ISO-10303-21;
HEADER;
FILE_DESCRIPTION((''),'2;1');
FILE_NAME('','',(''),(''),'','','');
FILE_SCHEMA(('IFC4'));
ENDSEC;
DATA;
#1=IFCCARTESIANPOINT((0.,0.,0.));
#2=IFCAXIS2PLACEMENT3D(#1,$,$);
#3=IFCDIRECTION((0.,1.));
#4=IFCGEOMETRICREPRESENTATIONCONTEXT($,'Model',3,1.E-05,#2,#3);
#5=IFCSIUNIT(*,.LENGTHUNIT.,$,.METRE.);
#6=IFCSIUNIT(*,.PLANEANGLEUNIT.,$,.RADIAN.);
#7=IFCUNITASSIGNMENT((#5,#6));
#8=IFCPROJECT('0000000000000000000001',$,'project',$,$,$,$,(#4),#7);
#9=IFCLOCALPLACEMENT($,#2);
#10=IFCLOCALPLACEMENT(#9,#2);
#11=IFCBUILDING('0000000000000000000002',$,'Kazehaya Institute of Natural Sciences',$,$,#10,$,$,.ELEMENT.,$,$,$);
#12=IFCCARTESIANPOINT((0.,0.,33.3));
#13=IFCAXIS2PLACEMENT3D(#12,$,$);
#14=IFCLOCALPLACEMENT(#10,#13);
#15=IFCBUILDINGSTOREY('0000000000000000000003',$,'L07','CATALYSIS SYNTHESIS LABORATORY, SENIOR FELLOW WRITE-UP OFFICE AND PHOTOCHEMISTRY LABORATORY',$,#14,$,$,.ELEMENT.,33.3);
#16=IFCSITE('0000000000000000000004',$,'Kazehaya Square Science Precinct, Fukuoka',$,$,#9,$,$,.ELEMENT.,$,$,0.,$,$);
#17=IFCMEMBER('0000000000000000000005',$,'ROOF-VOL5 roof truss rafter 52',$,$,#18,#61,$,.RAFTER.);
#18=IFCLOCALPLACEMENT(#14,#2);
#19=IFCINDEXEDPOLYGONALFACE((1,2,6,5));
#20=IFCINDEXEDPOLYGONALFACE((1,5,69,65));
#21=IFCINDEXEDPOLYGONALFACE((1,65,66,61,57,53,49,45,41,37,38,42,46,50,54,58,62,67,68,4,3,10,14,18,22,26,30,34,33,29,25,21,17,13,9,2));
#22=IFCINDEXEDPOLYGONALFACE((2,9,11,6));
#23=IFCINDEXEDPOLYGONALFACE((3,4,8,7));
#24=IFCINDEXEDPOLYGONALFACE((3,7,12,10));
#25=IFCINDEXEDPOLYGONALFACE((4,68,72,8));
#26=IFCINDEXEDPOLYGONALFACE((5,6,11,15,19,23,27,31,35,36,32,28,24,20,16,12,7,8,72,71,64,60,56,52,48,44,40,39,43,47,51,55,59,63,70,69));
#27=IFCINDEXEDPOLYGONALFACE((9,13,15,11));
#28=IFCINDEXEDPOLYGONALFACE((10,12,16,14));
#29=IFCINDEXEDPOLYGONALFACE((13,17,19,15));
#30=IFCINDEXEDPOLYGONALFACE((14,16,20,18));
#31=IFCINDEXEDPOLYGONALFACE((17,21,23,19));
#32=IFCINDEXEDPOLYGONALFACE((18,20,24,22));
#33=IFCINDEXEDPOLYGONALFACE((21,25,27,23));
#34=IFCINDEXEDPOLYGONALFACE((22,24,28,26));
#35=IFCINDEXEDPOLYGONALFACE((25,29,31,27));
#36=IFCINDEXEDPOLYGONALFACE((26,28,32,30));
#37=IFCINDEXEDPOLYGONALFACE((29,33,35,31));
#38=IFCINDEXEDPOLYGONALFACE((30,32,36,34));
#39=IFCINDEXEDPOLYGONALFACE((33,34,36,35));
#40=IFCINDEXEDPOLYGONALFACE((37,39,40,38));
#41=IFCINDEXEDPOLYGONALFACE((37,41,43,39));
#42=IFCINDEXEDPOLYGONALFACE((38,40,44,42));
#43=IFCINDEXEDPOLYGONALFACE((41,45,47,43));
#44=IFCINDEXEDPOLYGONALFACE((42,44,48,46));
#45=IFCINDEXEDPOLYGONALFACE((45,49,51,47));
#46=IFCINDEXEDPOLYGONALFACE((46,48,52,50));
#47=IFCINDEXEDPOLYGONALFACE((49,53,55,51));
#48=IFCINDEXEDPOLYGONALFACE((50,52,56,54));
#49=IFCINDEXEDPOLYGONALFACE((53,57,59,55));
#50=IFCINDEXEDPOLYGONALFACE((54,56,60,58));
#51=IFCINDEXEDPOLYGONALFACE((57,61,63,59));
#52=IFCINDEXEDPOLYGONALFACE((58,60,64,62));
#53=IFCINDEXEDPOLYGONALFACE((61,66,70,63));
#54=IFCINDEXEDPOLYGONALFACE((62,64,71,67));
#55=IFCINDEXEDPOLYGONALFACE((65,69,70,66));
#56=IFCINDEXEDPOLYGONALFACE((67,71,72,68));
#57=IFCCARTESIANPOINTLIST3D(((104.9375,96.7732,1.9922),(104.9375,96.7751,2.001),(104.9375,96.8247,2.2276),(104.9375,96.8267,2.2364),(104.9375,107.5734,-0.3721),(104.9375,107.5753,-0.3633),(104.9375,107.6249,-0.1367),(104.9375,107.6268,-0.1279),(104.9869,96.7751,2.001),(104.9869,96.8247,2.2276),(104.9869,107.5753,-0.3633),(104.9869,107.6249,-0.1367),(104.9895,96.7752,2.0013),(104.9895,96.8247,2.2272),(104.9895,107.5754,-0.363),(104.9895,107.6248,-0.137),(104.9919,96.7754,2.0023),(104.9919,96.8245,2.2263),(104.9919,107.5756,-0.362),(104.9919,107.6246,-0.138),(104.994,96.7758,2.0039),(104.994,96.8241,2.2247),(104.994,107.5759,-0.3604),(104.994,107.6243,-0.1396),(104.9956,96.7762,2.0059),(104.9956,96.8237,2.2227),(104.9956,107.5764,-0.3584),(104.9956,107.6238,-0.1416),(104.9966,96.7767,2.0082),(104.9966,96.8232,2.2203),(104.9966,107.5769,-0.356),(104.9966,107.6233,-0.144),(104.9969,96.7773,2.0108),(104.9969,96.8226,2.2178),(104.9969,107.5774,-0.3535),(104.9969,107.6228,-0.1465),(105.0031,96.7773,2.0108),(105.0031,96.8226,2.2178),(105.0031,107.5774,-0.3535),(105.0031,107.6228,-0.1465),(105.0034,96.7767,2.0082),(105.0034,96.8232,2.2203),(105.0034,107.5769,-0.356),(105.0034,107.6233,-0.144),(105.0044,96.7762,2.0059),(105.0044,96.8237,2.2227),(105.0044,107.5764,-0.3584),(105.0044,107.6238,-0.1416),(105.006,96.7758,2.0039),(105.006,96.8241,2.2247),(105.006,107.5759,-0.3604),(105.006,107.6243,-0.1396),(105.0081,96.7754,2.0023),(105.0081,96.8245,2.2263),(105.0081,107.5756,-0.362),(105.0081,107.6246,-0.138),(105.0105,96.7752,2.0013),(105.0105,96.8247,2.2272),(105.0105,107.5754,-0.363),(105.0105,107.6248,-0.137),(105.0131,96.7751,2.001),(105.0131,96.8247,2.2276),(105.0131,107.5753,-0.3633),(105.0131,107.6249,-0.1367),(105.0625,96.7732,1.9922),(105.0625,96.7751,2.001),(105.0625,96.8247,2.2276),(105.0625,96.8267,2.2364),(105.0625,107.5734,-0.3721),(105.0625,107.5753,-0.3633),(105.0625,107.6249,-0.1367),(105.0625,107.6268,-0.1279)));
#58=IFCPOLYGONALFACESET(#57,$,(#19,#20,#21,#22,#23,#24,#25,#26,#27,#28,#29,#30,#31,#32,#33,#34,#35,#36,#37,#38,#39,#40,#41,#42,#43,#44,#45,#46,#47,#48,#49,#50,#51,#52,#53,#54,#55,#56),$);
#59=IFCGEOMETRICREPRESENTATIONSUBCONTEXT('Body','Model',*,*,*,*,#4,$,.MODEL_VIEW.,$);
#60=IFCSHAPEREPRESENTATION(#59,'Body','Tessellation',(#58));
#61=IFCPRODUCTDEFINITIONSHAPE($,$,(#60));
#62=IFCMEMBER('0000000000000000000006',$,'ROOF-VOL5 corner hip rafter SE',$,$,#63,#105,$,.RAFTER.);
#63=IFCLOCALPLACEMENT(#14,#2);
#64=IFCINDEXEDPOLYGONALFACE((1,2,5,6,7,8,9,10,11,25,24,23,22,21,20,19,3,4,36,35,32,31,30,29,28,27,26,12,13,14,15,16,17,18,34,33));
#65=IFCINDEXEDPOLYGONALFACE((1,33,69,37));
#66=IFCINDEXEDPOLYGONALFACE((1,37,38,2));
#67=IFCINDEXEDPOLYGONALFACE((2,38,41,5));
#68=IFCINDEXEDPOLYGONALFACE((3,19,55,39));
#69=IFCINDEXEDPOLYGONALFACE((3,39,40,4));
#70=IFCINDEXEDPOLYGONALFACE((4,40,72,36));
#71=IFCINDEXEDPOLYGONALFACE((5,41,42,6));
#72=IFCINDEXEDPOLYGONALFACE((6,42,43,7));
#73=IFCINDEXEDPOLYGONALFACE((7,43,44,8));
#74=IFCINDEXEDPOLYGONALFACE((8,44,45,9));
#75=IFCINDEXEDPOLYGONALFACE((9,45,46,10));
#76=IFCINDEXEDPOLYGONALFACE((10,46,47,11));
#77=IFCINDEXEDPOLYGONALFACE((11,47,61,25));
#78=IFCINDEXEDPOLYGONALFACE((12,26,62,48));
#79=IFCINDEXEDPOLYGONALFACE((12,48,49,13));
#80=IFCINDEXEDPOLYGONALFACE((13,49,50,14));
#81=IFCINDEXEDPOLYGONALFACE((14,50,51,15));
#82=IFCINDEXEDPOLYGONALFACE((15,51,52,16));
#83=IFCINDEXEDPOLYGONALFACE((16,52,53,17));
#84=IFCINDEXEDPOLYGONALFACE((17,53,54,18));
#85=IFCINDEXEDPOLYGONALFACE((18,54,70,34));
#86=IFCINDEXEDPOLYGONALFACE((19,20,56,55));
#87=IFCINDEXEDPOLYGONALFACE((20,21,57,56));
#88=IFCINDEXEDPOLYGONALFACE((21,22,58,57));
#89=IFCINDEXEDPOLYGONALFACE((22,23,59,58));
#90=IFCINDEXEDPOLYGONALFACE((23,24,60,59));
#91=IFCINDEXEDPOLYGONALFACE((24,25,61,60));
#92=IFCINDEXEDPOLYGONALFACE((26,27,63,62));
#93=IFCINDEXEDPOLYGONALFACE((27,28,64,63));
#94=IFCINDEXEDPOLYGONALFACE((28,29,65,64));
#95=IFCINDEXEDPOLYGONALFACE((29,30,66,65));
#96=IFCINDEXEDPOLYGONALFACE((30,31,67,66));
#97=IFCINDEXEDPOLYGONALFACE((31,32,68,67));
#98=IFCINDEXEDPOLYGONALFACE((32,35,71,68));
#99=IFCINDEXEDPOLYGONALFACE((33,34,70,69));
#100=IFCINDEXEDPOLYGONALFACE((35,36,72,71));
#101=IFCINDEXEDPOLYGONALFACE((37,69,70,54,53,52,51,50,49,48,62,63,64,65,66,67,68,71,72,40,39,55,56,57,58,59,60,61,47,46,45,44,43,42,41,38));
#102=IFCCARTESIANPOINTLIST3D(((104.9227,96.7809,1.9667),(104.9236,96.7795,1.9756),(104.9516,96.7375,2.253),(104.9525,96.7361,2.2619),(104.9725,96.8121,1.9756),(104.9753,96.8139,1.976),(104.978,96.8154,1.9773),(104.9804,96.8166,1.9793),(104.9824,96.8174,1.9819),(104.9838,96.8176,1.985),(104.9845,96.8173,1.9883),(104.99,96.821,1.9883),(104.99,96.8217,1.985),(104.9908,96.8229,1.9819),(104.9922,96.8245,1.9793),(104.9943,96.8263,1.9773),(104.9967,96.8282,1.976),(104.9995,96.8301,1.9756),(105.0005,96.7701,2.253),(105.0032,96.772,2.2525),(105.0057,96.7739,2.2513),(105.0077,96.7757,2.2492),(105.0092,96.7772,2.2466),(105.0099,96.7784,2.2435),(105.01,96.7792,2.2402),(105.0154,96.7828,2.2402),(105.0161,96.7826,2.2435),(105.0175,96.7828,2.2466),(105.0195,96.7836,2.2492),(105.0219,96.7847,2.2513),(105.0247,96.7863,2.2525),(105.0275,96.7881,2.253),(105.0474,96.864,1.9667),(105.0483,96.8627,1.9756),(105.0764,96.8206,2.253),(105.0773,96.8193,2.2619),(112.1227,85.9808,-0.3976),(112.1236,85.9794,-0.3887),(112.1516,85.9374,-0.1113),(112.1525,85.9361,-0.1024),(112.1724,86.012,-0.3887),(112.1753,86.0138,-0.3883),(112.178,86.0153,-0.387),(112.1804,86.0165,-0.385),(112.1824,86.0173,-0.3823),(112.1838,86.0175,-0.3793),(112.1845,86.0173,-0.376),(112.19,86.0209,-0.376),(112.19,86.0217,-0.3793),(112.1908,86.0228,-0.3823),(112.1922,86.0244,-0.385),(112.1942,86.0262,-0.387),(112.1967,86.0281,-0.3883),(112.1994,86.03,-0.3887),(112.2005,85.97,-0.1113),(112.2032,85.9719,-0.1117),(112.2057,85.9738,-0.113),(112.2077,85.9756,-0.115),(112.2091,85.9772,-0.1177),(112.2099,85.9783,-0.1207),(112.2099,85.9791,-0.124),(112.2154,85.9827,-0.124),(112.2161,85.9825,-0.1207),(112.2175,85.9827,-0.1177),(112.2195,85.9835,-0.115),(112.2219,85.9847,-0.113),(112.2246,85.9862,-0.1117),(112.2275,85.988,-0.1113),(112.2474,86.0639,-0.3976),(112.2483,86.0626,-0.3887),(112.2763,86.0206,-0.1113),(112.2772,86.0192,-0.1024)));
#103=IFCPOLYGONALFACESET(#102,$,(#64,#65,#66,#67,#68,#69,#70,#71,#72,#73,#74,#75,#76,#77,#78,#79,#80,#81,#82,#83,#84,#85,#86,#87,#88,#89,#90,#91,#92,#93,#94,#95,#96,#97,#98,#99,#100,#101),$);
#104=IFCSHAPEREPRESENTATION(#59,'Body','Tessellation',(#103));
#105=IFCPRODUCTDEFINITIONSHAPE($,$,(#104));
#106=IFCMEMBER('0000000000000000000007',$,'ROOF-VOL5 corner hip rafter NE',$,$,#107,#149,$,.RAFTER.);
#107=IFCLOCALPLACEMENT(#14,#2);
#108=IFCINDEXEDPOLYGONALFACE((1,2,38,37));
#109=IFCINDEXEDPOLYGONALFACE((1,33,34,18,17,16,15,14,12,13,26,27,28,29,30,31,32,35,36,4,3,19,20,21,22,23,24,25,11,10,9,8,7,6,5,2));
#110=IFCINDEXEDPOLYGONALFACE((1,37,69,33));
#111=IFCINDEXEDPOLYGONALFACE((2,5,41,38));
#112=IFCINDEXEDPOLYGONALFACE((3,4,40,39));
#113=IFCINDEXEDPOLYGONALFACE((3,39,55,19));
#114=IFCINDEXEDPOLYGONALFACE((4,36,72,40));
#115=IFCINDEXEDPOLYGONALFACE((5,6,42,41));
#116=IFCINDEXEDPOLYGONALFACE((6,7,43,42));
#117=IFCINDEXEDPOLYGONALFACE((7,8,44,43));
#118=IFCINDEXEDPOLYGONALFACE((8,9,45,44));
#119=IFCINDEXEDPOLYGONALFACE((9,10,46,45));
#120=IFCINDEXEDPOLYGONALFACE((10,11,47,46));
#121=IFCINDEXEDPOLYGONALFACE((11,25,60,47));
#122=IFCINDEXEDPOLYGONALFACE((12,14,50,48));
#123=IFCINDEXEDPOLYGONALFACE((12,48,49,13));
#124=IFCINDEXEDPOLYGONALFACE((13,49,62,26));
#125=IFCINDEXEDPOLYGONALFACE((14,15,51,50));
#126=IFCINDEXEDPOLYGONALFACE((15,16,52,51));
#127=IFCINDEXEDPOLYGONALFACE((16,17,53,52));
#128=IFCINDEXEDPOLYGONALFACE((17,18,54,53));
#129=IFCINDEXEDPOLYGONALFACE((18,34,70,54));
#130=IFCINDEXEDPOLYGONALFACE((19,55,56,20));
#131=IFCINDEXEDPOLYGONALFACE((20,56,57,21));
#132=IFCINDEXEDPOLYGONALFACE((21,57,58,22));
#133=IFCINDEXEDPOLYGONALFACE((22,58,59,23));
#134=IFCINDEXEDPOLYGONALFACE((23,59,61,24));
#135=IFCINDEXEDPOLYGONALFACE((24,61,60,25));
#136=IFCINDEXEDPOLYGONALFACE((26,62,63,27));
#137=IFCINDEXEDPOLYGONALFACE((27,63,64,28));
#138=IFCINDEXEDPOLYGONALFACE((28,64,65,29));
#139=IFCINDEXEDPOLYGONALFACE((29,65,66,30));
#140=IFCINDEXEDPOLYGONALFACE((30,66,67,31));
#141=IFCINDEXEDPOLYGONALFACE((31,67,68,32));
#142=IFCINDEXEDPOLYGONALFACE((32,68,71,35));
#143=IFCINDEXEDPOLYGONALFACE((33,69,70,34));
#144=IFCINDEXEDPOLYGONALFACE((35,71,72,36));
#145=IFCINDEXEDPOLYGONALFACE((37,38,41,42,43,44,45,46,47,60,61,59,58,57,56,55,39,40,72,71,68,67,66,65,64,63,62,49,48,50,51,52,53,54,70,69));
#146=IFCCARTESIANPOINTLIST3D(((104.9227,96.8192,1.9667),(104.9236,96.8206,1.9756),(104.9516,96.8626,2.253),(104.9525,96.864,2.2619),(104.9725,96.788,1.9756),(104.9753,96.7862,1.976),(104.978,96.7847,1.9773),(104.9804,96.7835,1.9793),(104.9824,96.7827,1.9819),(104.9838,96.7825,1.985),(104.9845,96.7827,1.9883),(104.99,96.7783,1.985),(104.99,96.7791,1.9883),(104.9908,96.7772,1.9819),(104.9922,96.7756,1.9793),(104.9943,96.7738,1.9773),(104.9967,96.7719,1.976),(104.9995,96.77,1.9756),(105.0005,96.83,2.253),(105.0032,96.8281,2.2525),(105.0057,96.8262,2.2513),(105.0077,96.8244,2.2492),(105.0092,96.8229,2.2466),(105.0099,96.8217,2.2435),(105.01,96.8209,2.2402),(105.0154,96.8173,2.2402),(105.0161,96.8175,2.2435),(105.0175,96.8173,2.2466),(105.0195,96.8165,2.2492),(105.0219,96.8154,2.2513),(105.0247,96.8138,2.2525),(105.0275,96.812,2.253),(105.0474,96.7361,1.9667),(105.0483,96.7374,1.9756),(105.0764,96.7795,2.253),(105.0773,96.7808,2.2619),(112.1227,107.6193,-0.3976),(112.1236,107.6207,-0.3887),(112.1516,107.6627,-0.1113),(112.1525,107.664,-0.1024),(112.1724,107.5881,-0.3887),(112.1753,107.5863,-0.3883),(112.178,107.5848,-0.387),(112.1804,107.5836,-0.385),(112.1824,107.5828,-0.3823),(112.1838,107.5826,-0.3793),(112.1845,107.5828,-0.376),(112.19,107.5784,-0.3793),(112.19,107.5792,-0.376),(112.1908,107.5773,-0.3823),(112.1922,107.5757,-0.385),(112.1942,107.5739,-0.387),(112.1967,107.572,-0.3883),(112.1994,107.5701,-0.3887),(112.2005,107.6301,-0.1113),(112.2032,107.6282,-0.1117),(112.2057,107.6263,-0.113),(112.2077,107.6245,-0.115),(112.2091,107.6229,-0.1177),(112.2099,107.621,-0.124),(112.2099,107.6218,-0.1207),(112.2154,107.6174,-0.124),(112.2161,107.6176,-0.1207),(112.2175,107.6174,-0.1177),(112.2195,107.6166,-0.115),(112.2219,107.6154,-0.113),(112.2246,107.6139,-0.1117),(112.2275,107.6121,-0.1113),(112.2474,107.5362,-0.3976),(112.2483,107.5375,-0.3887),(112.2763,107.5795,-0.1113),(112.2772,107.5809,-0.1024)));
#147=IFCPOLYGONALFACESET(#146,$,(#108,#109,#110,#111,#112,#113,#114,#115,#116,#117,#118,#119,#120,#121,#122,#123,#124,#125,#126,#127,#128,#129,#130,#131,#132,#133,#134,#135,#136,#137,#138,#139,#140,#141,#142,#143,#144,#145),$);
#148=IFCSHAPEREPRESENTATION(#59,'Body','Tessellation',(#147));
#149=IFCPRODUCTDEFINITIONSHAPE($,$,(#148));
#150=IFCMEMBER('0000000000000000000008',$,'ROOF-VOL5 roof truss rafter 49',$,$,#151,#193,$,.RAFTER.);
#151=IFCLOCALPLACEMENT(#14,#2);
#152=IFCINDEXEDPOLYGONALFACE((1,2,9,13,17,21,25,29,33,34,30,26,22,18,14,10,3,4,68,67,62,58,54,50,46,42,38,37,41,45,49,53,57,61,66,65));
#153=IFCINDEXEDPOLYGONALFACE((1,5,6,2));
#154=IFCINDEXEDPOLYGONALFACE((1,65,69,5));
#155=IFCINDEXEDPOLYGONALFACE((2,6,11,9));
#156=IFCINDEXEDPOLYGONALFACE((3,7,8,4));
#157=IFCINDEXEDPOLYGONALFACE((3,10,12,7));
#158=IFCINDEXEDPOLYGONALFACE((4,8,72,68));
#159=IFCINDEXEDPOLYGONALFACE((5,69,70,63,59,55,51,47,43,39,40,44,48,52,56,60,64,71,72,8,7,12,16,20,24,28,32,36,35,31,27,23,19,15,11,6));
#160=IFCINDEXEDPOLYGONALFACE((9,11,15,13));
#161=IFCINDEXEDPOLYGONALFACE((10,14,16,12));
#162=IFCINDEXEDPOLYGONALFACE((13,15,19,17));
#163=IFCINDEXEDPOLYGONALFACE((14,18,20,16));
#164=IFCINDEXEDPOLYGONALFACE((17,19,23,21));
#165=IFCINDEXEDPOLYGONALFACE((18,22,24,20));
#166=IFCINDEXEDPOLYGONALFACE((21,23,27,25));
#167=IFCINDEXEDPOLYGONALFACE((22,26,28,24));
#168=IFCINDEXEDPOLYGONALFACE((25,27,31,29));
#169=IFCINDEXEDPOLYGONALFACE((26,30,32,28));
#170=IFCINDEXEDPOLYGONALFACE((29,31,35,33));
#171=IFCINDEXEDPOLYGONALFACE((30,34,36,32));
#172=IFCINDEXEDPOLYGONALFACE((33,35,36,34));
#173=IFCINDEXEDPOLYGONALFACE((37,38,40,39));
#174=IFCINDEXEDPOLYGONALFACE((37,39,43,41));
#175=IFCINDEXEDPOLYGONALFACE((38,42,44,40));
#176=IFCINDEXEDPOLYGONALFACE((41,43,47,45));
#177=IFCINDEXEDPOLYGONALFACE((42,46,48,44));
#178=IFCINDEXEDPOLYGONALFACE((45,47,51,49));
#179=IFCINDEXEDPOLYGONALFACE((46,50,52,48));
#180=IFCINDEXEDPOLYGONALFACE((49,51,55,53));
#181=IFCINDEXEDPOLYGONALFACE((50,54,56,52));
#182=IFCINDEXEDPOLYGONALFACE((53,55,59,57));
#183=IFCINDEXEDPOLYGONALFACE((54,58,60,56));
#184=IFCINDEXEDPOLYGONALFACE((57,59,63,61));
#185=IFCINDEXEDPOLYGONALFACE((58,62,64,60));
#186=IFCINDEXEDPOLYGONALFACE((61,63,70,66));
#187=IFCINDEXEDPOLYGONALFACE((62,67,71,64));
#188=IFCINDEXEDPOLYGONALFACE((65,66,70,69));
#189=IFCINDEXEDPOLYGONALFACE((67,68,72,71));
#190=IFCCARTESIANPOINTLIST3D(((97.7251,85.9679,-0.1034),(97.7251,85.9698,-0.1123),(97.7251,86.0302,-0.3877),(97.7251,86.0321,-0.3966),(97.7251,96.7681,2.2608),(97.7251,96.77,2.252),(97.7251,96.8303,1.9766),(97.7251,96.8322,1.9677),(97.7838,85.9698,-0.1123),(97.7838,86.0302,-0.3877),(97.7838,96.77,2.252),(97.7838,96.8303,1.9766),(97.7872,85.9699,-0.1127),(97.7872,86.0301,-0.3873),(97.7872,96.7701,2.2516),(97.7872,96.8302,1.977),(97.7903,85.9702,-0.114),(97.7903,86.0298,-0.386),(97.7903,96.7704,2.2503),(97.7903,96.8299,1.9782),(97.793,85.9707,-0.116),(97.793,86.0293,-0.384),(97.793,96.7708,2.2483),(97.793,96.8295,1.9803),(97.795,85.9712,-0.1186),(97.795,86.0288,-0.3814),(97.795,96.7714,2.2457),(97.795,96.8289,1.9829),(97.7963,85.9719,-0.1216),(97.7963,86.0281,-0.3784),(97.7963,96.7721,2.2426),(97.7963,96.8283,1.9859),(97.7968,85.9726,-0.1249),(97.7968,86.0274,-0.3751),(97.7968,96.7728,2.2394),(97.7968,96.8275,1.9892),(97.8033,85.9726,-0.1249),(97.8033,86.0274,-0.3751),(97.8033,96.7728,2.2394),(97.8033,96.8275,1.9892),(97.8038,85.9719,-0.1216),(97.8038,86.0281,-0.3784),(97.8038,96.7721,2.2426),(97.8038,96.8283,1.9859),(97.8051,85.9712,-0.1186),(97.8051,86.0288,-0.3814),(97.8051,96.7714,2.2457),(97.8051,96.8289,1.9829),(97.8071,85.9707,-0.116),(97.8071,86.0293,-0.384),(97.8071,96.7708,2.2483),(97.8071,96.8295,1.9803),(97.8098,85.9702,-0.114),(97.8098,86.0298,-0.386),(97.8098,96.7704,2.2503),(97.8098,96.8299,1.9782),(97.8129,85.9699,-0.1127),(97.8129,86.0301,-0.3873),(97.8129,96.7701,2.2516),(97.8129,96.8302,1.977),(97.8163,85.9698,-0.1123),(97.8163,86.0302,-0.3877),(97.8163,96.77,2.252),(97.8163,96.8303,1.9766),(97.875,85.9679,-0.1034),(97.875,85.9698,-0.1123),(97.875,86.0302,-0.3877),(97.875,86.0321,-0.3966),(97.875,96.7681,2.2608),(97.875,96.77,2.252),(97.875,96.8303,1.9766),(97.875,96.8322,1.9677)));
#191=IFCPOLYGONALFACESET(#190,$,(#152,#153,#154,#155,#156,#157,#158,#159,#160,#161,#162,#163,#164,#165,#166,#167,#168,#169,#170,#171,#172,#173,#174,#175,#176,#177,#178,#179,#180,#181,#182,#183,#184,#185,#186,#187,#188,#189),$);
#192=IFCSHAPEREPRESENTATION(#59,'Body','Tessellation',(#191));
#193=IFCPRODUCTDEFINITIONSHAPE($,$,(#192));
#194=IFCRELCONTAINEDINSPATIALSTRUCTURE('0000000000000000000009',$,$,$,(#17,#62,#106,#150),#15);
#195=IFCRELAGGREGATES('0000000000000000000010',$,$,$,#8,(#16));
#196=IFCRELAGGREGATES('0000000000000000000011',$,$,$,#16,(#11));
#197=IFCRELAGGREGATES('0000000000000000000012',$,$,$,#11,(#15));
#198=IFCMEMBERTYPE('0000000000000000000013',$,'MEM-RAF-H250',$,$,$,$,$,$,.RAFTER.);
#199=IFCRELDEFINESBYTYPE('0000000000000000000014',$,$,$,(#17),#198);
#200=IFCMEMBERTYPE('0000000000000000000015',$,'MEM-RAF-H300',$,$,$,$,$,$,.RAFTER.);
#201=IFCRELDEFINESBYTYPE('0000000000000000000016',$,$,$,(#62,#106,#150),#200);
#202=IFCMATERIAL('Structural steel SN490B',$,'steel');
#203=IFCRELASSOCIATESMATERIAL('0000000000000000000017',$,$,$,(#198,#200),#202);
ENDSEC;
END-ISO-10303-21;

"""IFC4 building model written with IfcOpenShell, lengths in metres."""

from ifc_helpers import new_model, si_unit, direction, frame, origin, origin_2d, place, context, subcontext, project, spatial, i_section, extrude, material, material_profile, profile_set, type_object, element, save


model = new_model("IFC4")

# Units and contexts
model_context = context("Model", 3, precision=1e-05, world=origin(), true_north=direction((0.0, 1.0)))
body_context = subcontext(model_context, "Body", "Model", "MODEL_VIEW")
ifc_project = project(units=[si_unit("LENGTHUNIT", "METRE"), si_unit("PLANEANGLEUNIT", "RADIAN")], contexts=[model_context])

# Site, building, storey
site_placement = place(None, origin())
site = spatial("IfcSite", under=ifc_project, at=site_placement, Name="Kazehaya Square Science Precinct, Fukuoka", CompositionType="ELEMENT", RefElevation=0.0)
building_placement = place(site_placement, origin())
building = spatial("IfcBuilding", under=site, at=building_placement, Name="Kazehaya Institute of Natural Sciences", CompositionType="ELEMENT")
storey_placement = place(building_placement, frame((0.0, 0.0, 33.3)))
storey = spatial("IfcBuildingStorey", under=building, at=storey_placement, Name="L07", Description="CATALYSIS SYNTHESIS LABORATORY, SENIOR FELLOW WRITE-UP OFFICE AND PHOTOCHEMISTRY LABORATORY", CompositionType="ELEMENT", Elevation=33.3)

# Members
ifc_material_1 = material(Name="Structural steel SN490B", Category="steel")
ifc_material_profile_1 = material_profile(ifc_material_1, i_section(OverallWidth=0.125, OverallDepth=0.25, WebThickness=0.0061, FlangeThickness=0.009, FilletRadius=0.01, at=origin_2d()), Name="H-250x125x6x9")
ifc_profile_set_1 = profile_set([ifc_material_profile_1], Name="Structural steel SN490B")
member_type_1 = type_object("IfcMemberType", Name="MEM-RAF-H250", PredefinedType="RAFTER", material=ifc_profile_set_1)
for number, where, z_axis, x_axis, name in (
    (1, (105.0, 107.6001, -0.25), (0.0, -0.976867, 0.213848), (1.0, 0.0, 0.0), "ROOF-VOL5 roof truss rafter 52"),
):
    element("IfcMember", number, at=place(storey_placement, frame(where, z_axis=z_axis, x_axis=x_axis)), inside=storey, type_object=member_type_1, Name=name, PredefinedType="RAFTER", context=body_context, shape_type="SweptSolid", body=[
        extrude(i_section(OverallWidth=0.125, OverallDepth=0.25, WebThickness=0.0061, FlangeThickness=0.009, FilletRadius=0.01, at=origin_2d()), origin(), (0.0, 0.0, 1.0), 11.0559),
    ])
ifc_material_profile_2 = material_profile(ifc_material_1, i_section(OverallWidth=0.1499, OverallDepth=0.3, WebThickness=0.0066, FlangeThickness=0.009, FilletRadius=0.0129, at=origin_2d()), Name="H-300x150x6.5x9")
ifc_profile_set_2 = profile_set([ifc_material_profile_2], Name="Structural steel SN490B")
member_type_2 = type_object("IfcMemberType", Name="MEM-RAF-H300", PredefinedType="RAFTER", material=ifc_profile_set_2)
for number, where, z_axis, x_axis, name in (
    (2, (112.2, 86.0, -0.25), (-0.545717, 0.818585, 0.179198), (-0.832053, -0.554696, 0.0), "ROOF-VOL5 corner hip rafter SE"),
    (3, (112.2, 107.6001, -0.25), (-0.545717, -0.818585, 0.179198), (0.832053, -0.554696, 0.0), "ROOF-VOL5 corner hip rafter NE"),
):
    element("IfcMember", number, at=place(storey_placement, frame(where, z_axis=z_axis, x_axis=x_axis)), inside=storey, type_object=member_type_2, Name=name, PredefinedType="RAFTER", context=body_context, shape_type="SweptSolid", body=[
        extrude(i_section(OverallWidth=0.1499, OverallDepth=0.3, WebThickness=0.0066, FlangeThickness=0.009, FilletRadius=0.0129, at=origin_2d()), origin(), (0.0, 0.0, 1.0), 13.1936),
    ])
for number, where, z_axis, x_axis, name in (
    (4, (97.8, 86.0, -0.25), (0.0, 0.976867, 0.213848), (-1.0, 0.0, 0.0), "ROOF-VOL5 roof truss rafter 49"),
):
    element("IfcMember", number, at=place(storey_placement, frame(where, z_axis=z_axis, x_axis=x_axis)), inside=storey, type_object=member_type_2, Name=name, PredefinedType="RAFTER", context=body_context, shape_type="SweptSolid", body=[
        extrude(i_section(OverallWidth=0.1499, OverallDepth=0.3, WebThickness=0.0066, FlangeThickness=0.009, FilletRadius=0.0129, at=origin_2d()), origin(), (0.0, 0.0, 1.0), 11.0559),
    ])

save(model, "model.ifc")
